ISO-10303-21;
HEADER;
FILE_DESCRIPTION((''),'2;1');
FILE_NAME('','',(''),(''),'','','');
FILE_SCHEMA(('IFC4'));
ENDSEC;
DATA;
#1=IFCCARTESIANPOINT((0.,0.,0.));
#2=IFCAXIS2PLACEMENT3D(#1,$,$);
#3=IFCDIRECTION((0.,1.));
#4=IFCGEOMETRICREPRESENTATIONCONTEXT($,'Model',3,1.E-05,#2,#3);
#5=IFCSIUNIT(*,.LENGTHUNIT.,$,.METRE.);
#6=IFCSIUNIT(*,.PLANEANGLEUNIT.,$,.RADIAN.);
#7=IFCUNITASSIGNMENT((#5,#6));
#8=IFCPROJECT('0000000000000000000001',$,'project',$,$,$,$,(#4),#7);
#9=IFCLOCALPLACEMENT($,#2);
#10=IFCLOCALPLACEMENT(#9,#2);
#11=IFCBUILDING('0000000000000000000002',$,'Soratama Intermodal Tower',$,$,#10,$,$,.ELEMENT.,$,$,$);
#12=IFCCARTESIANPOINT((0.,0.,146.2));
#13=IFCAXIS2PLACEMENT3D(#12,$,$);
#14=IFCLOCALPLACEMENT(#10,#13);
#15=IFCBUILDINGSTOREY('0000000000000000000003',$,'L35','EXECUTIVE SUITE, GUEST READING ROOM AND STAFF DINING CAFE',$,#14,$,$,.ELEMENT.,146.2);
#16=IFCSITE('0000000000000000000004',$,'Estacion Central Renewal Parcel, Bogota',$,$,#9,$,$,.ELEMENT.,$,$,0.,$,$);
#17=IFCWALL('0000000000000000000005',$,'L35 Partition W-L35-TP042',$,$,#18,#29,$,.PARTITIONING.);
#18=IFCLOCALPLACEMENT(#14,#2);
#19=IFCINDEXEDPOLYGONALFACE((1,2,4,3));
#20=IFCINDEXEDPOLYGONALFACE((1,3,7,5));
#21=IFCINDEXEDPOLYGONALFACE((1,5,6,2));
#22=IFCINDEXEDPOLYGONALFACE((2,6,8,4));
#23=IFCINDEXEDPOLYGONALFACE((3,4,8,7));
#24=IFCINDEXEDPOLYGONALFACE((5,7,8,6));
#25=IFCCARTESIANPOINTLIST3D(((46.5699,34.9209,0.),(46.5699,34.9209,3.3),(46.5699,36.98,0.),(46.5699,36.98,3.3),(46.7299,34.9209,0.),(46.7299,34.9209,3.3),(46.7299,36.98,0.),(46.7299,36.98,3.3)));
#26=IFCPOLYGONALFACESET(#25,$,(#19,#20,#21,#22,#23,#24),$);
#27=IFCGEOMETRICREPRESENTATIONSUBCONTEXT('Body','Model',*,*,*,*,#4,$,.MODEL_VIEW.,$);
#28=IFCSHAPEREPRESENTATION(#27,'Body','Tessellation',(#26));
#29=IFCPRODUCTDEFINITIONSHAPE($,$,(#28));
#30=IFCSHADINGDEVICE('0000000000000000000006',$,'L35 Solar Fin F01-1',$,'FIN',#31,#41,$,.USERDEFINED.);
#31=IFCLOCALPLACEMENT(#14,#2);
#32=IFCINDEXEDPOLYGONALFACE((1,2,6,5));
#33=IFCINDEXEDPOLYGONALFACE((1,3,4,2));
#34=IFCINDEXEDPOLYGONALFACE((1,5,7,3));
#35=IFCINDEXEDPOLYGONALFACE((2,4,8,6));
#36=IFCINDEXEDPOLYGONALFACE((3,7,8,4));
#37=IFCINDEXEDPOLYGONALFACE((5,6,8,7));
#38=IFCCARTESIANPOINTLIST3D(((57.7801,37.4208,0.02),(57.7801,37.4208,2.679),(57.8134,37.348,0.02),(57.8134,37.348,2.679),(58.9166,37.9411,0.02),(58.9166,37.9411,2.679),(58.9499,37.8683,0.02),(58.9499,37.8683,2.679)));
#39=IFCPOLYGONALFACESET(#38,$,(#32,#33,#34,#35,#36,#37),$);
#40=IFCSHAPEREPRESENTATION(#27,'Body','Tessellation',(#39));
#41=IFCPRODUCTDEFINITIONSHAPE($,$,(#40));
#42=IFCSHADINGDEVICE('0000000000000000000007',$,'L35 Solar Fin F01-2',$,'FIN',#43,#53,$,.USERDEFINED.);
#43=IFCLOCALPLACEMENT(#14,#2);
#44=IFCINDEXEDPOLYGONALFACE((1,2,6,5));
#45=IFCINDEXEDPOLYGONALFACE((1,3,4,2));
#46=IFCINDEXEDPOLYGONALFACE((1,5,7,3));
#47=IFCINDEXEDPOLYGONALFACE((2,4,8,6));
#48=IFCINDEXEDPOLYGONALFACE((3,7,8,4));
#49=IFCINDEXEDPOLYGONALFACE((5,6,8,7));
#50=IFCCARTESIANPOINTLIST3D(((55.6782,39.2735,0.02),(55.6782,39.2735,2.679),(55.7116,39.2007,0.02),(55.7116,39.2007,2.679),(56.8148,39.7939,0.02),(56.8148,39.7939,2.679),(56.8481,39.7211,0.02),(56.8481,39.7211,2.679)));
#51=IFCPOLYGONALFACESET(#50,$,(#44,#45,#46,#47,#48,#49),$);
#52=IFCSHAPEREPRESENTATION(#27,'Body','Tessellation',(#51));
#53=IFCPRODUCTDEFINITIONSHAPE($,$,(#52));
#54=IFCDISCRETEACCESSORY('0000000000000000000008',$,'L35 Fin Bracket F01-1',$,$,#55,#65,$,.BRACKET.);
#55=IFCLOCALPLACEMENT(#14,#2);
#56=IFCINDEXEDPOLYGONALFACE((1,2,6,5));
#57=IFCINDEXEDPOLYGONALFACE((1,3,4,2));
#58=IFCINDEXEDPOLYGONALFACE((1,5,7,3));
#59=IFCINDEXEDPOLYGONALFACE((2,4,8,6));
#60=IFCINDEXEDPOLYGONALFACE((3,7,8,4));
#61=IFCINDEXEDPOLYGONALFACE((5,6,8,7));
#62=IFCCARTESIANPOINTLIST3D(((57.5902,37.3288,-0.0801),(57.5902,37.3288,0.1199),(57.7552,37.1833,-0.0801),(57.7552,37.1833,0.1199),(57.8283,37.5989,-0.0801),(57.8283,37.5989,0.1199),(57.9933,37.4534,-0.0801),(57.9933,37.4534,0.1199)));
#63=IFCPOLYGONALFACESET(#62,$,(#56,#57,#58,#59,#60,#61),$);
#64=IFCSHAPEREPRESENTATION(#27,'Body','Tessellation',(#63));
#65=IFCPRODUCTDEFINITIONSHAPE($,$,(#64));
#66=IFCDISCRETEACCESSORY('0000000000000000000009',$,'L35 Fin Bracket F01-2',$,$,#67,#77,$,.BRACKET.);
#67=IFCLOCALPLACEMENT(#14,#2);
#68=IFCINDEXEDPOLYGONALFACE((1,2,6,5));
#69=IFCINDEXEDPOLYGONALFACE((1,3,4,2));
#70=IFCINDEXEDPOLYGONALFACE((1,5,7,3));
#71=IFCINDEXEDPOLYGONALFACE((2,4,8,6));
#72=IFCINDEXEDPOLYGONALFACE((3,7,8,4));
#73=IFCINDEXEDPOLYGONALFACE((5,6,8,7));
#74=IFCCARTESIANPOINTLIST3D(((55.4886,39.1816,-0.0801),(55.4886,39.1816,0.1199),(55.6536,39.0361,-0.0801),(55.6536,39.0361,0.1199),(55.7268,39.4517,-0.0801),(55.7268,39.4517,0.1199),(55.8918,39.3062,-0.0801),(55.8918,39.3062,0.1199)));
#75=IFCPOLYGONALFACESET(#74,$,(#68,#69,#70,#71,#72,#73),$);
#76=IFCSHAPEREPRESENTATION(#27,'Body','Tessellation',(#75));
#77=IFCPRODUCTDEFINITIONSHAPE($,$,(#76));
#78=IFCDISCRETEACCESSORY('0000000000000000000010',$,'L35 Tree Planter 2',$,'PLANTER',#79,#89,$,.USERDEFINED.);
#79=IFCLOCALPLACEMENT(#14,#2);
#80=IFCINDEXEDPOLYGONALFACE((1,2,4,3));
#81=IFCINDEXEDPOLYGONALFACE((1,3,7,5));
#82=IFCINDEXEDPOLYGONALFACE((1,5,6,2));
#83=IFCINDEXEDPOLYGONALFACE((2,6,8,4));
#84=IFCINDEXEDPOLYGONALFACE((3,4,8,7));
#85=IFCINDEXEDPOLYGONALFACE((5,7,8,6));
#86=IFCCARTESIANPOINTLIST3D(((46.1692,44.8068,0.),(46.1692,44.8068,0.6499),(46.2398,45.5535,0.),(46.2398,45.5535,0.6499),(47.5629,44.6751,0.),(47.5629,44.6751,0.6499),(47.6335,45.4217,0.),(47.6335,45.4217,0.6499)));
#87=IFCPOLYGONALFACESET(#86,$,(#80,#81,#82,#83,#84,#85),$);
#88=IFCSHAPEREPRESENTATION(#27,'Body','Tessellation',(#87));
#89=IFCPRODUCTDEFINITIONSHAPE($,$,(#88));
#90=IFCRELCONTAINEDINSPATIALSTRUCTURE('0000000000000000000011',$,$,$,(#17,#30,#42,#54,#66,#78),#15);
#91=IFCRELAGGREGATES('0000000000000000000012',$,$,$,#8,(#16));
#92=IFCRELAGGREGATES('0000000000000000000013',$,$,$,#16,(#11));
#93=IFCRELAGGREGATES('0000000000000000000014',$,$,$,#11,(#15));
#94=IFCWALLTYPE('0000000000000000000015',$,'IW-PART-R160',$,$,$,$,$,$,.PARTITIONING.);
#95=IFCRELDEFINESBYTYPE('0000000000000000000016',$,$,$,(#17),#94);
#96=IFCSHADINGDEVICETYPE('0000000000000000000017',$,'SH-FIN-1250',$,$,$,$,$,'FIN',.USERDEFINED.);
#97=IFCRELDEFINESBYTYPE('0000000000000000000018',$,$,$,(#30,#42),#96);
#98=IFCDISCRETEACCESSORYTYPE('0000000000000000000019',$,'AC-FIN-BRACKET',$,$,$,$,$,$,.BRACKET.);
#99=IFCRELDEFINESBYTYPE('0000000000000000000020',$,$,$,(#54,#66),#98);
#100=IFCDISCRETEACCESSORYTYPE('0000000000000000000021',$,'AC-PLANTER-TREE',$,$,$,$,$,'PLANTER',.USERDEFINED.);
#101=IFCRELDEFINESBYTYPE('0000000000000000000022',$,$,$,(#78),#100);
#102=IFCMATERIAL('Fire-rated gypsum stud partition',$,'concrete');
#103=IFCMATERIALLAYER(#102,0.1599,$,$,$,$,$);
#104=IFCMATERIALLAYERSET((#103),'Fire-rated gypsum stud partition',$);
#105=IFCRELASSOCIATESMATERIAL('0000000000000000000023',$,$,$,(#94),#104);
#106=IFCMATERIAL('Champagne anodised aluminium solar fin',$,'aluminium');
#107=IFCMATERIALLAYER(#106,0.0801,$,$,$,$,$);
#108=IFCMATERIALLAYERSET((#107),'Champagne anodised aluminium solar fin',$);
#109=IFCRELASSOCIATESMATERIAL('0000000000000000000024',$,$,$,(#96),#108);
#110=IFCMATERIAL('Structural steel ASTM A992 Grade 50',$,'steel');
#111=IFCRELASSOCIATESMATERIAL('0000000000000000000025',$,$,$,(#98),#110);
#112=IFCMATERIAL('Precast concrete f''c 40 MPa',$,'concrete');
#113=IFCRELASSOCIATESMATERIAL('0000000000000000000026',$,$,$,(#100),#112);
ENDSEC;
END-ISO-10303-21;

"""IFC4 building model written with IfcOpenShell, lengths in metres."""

from ifc_helpers import new_model, si_unit, direction, frame, frame_2d, origin, origin_2d, place, context, subcontext, project, spatial, rectangle, extrude, material, layer, layer_set, type_object, element, save


model = new_model("IFC4")

# Units and contexts
model_context = context("Model", 3, precision=1e-05, world=origin(), true_north=direction((0.0, 1.0)))
body_context = subcontext(model_context, "Body", "Model", "MODEL_VIEW")
ifc_project = project(units=[si_unit("LENGTHUNIT", "METRE"), si_unit("PLANEANGLEUNIT", "RADIAN")], contexts=[model_context])

# Site, building, storey
site_placement = place(None, origin())
site = spatial("IfcSite", under=ifc_project, at=site_placement, Name="Estacion Central Renewal Parcel, Bogota", CompositionType="ELEMENT", RefElevation=0.0)
building_placement = place(site_placement, origin())
building = spatial("IfcBuilding", under=site, at=building_placement, Name="Soratama Intermodal Tower", CompositionType="ELEMENT")
storey_placement = place(building_placement, frame((0.0, 0.0, 146.2)))
storey = spatial("IfcBuildingStorey", under=building, at=storey_placement, Name="L35", Description="EXECUTIVE SUITE, GUEST READING ROOM AND STAFF DINING CAFE", CompositionType="ELEMENT", Elevation=146.2)

# Wall
ifc_material_1 = material(Name="Fire-rated gypsum stud partition", Category="concrete")
ifc_layer_1 = layer(ifc_material_1, 0.1599)
ifc_layer_set_1 = layer_set([ifc_layer_1], Name="Fire-rated gypsum stud partition")
wall_type_1 = type_object("IfcWallType", Name="IW-PART-R160", PredefinedType="PARTITIONING", material=ifc_layer_set_1)
wall_1_placement = place(storey_placement, frame((46.6499, 36.98, 0.0), z_axis=(0.0, 0.0, 1.0), x_axis=(0.0, -1.0, 0.0)))
element("IfcWall", 1, at=wall_1_placement, inside=storey, type_object=wall_type_1, Name="L35 Partition W-L35-TP042", PredefinedType="PARTITIONING", context=body_context, shape_type="SweptSolid", body=[
    extrude(rectangle(XDim=2.0591, YDim=0.1599, at=frame_2d((1.0295, 0.0))), origin(), (0.0, 0.0, 1.0), 3.3),
])

# Shading devices
ifc_material_2 = material(Name="Champagne anodised aluminium solar fin", Category="aluminium")
ifc_layer_2 = layer(ifc_material_2, 0.0801)
ifc_layer_set_2 = layer_set([ifc_layer_2], Name="Champagne anodised aluminium solar fin")
shading_device_type = type_object("IfcShadingDeviceType", Name="SH-FIN-1250", ElementType="FIN", PredefinedType="USERDEFINED", material=ifc_layer_set_2)
for number, where, z_axis, x_axis, name in (
    (2, (58.365, 37.6445, 0.02), (0.0, 0.0, 1.0), (0.909236, 0.416281, 0.0), "L35 Solar Fin F01-1"),
    (3, (56.2632, 39.4973, 0.02), (0.0, 0.0, 1.0), (0.909236, 0.416281, 0.0), "L35 Solar Fin F01-2"),
):
    element("IfcShadingDevice", number, at=place(storey_placement, frame(where, z_axis=z_axis, x_axis=x_axis)), inside=storey, type_object=shading_device_type, Name=name, ObjectType="FIN", PredefinedType="USERDEFINED", context=body_context, shape_type="SweptSolid", body=[
        extrude(rectangle(XDim=1.25, YDim=0.0801, at=origin_2d()), origin(), (0.0, 0.0, 1.0), 2.6589),
    ])

# Discrete accessories
ifc_material_3 = material(Name="Structural steel ASTM A992 Grade 50", Category="steel")
discrete_accessory_type_1 = type_object("IfcDiscreteAccessoryType", Name="AC-FIN-BRACKET", PredefinedType="BRACKET", material=ifc_material_3)
for number, where, z_axis, x_axis, name in (
    (4, (57.7917, 37.3911, -0.0801), (0.0, 0.0, 1.0), (0.661312, 0.750111, 0.0), "L35 Fin Bracket F01-1"),
    (5, (55.6902, 39.2439, -0.0801), (0.0, 0.0, 1.0), (0.661312, 0.750111, 0.0), "L35 Fin Bracket F01-2"),
):
    element("IfcDiscreteAccessory", number, at=place(storey_placement, frame(where, z_axis=z_axis, x_axis=x_axis)), inside=storey, type_object=discrete_accessory_type_1, Name=name, PredefinedType="BRACKET", context=body_context, shape_type="SweptSolid", body=[
        extrude(rectangle(XDim=0.3601, YDim=0.22, at=origin_2d()), origin(), (0.0, 0.0, 1.0), 0.2),
    ])
ifc_material_4 = material(Name="Precast concrete f'c 40 MPa", Category="concrete")
discrete_accessory_type_2 = type_object("IfcDiscreteAccessoryType", Name="AC-PLANTER-TREE", ElementType="PLANTER", PredefinedType="USERDEFINED", material=ifc_material_4)
discrete_accessory_placement = place(storey_placement, frame((46.9014, 45.1143, 0.0), z_axis=(0.0, 0.0, 1.0), x_axis=(0.094108, 0.995562, 0.0)))
element("IfcDiscreteAccessory", 6, at=discrete_accessory_placement, inside=storey, type_object=discrete_accessory_type_2, Name="L35 Tree Planter 2", ObjectType="PLANTER", PredefinedType="USERDEFINED", context=body_context, shape_type="SweptSolid", body=[
    extrude(rectangle(XDim=0.75, YDim=1.3999, at=origin_2d()), origin(), (0.0, 0.0, 1.0), 0.6499),
])

save(model, "model.ifc")
